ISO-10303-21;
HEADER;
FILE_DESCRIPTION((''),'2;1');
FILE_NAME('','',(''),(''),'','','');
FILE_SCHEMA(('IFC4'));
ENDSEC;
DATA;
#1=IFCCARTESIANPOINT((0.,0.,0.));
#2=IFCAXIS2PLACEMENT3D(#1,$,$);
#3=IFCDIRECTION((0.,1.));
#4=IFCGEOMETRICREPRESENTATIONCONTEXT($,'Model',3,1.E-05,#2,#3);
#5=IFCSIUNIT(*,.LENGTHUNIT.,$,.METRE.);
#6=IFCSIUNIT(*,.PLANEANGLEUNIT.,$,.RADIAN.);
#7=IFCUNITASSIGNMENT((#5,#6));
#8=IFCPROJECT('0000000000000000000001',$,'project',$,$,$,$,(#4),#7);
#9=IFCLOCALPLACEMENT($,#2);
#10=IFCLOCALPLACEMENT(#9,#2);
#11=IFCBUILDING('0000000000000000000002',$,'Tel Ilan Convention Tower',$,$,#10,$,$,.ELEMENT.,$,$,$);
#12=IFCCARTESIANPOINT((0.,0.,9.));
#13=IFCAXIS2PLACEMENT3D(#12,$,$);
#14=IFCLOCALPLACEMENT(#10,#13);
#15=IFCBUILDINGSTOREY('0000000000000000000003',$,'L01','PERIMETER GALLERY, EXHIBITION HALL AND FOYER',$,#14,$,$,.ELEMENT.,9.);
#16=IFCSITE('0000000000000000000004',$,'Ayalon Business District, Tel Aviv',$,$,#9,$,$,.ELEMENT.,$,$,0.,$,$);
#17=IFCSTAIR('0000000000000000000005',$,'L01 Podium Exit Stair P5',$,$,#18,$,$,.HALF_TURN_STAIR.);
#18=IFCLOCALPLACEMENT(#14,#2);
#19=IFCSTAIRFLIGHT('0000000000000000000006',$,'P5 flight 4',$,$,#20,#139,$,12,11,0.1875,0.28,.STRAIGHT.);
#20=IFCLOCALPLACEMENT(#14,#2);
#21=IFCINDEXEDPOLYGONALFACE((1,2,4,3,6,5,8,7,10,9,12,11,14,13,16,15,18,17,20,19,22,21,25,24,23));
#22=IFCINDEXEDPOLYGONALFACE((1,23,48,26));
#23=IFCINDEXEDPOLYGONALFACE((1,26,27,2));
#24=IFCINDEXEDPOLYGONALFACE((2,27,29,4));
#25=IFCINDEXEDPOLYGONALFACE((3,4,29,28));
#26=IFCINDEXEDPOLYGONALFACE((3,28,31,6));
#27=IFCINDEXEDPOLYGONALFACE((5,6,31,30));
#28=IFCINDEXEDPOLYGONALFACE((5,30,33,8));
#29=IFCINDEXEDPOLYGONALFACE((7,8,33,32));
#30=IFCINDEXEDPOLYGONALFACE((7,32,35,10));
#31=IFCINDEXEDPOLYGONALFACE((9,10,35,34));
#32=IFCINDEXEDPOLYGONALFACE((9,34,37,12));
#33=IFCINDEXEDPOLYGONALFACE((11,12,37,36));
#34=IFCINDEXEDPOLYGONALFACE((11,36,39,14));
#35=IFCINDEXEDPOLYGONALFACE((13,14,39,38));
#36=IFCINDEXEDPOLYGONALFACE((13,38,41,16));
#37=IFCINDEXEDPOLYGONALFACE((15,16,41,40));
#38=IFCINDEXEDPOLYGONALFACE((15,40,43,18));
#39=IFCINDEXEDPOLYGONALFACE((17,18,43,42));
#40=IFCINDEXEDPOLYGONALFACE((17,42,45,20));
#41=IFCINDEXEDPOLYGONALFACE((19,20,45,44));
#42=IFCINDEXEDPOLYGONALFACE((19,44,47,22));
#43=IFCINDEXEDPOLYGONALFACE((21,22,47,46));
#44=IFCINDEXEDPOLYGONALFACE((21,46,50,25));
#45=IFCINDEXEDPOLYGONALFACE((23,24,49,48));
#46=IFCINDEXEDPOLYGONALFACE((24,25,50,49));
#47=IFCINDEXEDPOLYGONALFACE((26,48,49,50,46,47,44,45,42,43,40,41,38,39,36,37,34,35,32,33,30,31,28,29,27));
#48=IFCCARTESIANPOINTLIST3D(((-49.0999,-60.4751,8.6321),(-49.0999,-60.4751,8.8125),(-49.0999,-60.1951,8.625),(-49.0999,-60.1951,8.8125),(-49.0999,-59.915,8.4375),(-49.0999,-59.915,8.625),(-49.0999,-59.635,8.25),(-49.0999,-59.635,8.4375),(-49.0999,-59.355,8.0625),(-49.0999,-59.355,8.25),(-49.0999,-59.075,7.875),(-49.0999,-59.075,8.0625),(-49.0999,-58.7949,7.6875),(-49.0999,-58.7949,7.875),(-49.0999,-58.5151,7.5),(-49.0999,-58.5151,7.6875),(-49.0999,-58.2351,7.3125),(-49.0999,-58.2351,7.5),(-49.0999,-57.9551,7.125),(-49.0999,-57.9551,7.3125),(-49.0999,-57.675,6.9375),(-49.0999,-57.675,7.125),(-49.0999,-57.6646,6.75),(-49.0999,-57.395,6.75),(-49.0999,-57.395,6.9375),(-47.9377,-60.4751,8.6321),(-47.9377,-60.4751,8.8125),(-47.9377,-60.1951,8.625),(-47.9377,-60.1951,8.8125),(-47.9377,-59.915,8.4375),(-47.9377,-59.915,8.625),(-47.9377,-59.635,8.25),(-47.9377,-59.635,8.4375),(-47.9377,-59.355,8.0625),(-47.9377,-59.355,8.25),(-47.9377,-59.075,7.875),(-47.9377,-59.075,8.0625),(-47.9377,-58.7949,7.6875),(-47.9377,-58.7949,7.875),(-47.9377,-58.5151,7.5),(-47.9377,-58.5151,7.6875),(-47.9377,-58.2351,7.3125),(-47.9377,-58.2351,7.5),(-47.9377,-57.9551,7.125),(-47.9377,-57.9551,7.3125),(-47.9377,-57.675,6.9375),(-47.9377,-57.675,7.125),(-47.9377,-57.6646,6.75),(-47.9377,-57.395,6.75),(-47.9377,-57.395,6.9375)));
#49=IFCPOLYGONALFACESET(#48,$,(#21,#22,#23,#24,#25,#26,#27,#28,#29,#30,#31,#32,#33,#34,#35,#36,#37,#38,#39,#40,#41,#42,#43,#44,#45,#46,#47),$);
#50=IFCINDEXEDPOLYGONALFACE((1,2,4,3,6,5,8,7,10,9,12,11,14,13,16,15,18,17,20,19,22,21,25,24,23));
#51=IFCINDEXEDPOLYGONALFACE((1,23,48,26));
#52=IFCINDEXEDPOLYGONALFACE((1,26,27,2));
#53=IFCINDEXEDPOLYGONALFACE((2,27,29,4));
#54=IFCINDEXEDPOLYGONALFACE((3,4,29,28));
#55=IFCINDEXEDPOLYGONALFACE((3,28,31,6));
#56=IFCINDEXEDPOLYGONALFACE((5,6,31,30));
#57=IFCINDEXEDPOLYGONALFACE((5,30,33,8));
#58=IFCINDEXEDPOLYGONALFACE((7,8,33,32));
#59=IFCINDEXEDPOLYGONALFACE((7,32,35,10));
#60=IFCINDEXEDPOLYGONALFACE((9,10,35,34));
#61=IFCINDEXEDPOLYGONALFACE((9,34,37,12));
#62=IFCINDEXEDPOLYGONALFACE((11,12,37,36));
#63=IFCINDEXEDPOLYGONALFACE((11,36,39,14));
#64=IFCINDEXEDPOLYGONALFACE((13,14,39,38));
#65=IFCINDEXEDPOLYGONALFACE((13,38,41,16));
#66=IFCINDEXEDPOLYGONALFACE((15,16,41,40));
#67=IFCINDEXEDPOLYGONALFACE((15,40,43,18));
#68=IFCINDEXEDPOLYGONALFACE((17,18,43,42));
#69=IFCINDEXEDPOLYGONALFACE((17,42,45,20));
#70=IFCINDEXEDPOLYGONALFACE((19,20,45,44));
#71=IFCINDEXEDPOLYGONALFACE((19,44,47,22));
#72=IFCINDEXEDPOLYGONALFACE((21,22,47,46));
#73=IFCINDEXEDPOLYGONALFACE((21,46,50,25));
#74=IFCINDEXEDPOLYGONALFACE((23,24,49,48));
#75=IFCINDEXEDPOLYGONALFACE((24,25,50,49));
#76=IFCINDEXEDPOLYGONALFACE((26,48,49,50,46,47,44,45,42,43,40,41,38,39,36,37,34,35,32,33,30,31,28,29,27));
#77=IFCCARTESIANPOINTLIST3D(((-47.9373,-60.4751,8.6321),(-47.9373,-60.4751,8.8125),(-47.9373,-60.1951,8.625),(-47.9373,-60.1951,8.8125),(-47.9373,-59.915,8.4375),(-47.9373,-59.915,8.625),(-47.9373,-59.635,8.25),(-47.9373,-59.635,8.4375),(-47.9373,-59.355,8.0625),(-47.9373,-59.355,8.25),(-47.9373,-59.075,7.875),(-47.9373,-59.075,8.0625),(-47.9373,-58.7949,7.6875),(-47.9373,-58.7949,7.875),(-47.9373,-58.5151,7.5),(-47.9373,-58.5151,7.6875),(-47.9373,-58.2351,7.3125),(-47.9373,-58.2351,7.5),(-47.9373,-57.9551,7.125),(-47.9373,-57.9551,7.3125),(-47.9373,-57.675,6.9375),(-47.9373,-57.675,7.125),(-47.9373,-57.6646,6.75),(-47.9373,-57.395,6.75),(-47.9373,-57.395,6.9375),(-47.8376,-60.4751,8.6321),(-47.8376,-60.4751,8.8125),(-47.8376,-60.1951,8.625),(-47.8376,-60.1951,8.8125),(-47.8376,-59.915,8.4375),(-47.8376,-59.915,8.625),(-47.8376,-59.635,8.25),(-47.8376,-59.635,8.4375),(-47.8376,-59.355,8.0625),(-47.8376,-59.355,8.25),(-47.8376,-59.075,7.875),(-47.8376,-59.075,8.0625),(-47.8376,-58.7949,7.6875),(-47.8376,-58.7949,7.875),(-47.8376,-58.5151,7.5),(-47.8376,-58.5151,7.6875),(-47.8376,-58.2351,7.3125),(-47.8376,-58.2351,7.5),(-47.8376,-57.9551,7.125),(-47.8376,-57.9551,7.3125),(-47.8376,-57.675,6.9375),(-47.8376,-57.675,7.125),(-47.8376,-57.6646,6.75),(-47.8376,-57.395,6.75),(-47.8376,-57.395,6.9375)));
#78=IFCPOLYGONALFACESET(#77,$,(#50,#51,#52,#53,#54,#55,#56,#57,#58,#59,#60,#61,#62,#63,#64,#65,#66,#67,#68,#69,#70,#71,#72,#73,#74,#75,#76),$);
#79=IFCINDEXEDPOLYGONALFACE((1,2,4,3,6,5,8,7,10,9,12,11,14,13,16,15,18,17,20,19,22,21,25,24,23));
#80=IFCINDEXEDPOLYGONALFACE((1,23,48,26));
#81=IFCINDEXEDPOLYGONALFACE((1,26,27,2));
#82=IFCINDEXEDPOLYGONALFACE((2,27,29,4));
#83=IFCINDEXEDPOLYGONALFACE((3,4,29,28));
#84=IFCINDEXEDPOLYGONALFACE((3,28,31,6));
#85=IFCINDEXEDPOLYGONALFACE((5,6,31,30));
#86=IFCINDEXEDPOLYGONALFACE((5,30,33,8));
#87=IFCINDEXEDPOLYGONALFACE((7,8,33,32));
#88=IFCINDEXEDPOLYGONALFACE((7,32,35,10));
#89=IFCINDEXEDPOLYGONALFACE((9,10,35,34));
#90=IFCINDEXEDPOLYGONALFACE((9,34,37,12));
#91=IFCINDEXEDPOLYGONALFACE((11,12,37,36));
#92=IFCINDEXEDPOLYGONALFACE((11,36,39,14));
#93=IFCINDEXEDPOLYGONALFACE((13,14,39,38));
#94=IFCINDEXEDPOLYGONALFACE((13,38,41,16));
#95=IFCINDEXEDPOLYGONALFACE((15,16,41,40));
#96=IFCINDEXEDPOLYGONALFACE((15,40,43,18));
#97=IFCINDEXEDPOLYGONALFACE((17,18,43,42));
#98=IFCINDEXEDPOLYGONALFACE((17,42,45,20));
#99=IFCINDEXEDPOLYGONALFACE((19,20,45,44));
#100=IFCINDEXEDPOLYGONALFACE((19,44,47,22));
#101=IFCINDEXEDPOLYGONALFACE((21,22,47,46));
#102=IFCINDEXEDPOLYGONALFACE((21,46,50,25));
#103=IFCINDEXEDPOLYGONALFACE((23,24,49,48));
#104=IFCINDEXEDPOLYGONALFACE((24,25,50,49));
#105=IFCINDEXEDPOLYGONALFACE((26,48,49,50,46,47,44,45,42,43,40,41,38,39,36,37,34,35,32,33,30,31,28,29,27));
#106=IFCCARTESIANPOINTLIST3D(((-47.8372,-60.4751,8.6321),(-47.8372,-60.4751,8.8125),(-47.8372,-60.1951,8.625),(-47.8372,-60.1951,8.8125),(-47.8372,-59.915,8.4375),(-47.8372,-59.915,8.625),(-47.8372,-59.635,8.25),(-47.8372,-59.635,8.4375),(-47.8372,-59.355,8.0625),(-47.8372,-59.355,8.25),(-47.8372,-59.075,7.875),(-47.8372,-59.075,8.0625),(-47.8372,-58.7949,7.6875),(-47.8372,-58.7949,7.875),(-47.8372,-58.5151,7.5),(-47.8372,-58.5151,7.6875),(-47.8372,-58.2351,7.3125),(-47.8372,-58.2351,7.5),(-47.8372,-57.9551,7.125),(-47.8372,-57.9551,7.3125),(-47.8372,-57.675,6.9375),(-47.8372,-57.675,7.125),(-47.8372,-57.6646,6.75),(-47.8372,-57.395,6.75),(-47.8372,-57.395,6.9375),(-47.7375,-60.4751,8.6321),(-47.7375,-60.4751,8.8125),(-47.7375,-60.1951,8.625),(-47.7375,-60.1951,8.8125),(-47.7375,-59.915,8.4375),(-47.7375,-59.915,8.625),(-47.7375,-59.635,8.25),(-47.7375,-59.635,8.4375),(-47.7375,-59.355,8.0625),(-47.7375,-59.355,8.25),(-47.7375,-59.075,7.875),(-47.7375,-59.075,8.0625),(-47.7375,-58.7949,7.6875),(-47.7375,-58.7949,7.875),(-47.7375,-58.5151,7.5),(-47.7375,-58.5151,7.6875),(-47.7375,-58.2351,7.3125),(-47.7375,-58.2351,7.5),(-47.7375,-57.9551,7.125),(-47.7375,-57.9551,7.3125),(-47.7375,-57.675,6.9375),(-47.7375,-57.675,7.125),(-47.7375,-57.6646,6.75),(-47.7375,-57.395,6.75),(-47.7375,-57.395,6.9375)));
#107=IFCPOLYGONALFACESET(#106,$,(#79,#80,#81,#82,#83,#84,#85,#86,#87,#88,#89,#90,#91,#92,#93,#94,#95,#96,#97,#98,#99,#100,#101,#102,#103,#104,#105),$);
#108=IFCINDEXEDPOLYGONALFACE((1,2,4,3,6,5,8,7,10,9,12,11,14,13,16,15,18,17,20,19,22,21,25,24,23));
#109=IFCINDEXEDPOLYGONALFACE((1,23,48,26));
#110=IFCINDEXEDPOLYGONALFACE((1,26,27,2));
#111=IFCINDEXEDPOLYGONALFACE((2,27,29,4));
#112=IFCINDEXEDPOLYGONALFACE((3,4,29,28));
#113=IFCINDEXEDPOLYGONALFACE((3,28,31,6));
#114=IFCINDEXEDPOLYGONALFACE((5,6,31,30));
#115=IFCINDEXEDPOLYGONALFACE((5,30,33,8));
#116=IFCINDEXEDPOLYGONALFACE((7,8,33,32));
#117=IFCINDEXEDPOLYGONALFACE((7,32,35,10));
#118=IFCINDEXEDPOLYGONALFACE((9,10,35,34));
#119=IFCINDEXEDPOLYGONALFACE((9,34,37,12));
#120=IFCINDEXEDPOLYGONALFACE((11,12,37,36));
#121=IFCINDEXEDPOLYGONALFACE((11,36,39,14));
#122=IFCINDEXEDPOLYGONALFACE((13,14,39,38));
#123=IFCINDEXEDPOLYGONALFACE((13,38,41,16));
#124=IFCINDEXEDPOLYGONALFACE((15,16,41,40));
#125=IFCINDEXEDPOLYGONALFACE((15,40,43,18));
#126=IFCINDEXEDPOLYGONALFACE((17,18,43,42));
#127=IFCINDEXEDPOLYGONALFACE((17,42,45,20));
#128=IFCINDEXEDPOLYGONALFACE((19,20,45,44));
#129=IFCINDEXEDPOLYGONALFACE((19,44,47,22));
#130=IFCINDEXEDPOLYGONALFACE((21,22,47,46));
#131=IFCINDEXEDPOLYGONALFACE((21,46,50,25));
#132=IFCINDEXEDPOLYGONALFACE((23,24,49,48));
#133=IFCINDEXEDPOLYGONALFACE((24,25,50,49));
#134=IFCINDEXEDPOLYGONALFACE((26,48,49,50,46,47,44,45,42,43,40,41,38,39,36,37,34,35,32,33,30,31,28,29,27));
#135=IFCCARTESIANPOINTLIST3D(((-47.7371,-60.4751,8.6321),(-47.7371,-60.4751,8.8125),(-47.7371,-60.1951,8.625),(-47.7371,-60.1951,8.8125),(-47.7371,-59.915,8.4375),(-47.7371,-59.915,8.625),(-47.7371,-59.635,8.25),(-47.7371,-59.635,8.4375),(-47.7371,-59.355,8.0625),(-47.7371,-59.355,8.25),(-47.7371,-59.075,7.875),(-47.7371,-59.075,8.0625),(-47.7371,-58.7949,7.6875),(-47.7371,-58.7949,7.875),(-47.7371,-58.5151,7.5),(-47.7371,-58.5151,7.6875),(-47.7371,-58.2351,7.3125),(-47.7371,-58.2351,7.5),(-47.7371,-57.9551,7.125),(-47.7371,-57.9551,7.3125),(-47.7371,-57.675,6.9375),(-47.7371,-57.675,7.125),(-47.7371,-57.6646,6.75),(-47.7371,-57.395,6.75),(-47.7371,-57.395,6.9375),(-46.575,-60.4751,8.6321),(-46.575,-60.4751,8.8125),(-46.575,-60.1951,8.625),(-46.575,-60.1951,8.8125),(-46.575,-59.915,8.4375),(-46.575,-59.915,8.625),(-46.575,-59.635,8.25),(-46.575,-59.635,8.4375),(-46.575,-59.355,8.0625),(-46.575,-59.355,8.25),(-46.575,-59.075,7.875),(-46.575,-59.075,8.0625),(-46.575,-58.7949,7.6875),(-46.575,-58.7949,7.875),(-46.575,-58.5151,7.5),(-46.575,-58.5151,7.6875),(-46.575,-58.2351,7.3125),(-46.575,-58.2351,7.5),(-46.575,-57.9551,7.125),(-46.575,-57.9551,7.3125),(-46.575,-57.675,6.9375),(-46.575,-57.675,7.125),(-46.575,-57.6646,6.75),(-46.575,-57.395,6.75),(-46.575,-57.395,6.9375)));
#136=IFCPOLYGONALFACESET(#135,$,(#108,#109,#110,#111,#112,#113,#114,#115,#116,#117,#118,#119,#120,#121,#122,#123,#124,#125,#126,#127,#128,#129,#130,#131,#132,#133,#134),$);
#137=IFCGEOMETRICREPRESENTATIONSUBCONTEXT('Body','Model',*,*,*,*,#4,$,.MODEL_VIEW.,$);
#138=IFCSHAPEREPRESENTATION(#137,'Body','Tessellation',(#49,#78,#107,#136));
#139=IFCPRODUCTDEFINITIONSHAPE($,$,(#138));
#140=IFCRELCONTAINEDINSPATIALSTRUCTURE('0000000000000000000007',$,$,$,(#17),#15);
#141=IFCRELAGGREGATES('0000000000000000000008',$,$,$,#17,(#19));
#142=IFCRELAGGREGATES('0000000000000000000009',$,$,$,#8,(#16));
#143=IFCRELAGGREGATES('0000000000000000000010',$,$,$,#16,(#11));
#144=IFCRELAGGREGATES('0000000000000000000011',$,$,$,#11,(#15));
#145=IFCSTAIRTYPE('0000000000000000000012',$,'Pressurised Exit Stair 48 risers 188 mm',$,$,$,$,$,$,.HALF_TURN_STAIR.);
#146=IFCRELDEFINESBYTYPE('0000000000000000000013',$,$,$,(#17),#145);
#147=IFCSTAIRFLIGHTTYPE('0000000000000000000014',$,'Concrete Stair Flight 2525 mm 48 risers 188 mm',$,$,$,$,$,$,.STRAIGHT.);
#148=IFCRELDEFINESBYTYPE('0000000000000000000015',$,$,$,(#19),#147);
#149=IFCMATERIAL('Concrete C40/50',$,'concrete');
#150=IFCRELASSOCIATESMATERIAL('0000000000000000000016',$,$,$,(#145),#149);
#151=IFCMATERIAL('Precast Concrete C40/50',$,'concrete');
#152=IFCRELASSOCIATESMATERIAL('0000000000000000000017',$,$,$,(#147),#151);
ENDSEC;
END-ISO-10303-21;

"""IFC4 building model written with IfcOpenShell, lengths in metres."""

from ifc_helpers import new_model, si_unit, direction, frame, origin, place, context, subcontext, project, spatial, polyline, outline, extrude, material, type_object, element, aggregate, save


model = new_model("IFC4")

# Units and contexts
model_context = context("Model", 3, precision=1e-05, world=origin(), true_north=direction((0.0, 1.0)))
body_context = subcontext(model_context, "Body", "Model", "MODEL_VIEW")
ifc_project = project(units=[si_unit("LENGTHUNIT", "METRE"), si_unit("PLANEANGLEUNIT", "RADIAN")], contexts=[model_context])

# Site, building, storey
site_placement = place(None, origin())
site = spatial("IfcSite", under=ifc_project, at=site_placement, Name="Ayalon Business District, Tel Aviv", CompositionType="ELEMENT", RefElevation=0.0)
building_placement = place(site_placement, origin())
building = spatial("IfcBuilding", under=site, at=building_placement, Name="Tel Ilan Convention Tower", CompositionType="ELEMENT")
storey_placement = place(building_placement, frame((0.0, 0.0, 9.0)))
storey = spatial("IfcBuildingStorey", under=building, at=storey_placement, Name="L01", Description="PERIMETER GALLERY, EXHIBITION HALL AND FOYER", CompositionType="ELEMENT", Elevation=9.0)

# Stair, stair flight
ifc_material_1 = material(Name="Concrete C40/50", Category="concrete")
stair_type = type_object("IfcStairType", Name="Pressurised Exit Stair 48 risers 188 mm", PredefinedType="HALF_TURN_STAIR", material=ifc_material_1)
stair_1_placement = place(storey_placement, origin())
stair_1 = element("IfcStair", 1, at=stair_1_placement, inside=storey, type_object=stair_type, Name="L01 Podium Exit Stair P5", PredefinedType="HALF_TURN_STAIR")
ifc_material_2 = material(Name="Precast Concrete C40/50", Category="concrete")
stair_flight_type = type_object("IfcStairFlightType", Name="Concrete Stair Flight 2525 mm 48 risers 188 mm", PredefinedType="STRAIGHT", material=ifc_material_2)
stair_flight_1_placement = place(storey_placement, frame((-47.8374, -57.395, 6.75), z_axis=(0.0, 0.0, 1.0), x_axis=(0.0, -1.0, 0.0)))
stair_flight_1 = element("IfcStairFlight", 2, at=stair_flight_1_placement, type_object=stair_flight_type, Name="P5 flight 4", NumberOfRisers=12, NumberOfTreads=11, PredefinedType="STRAIGHT", RiserHeight=0.1875, TreadLength=0.28, context=body_context, shape_type="SweptSolid", body=[
    extrude(outline(polyline([(0.0, 0.0), (0.0, 0.1875), (0.28, 0.1875), (0.28, 0.375), (0.5601, 0.375), (0.5601, 0.5625), (0.8401, 0.5625), (0.8401, 0.75), (1.1201, 0.75), (1.1201, 0.9375), (1.3999, 0.9375), (1.3999, 1.125), (1.6799, 1.125), (1.6799, 1.3125), (1.96, 1.3125), (1.96, 1.5), (2.24, 1.5), (2.24, 1.6875), (2.52, 1.6875), (2.52, 1.875), (2.8, 1.875), (2.8, 2.0625), (3.0801, 2.0625), (3.0801, 2.25), (3.0801, 1.8821), (0.2695, 0.0), (0.0, 0.0)])), frame((0.0, -0.1003, 0.0), z_axis=(0.0, -1.0, 0.0), x_axis=(1.0, 0.0, 0.0)), (0.0, 0.0, 1.0), 1.1621),
    extrude(outline(polyline([(0.0, 0.0), (0.0, 0.1875), (0.28, 0.1875), (0.28, 0.375), (0.5601, 0.375), (0.5601, 0.5625), (0.8401, 0.5625), (0.8401, 0.75), (1.1201, 0.75), (1.1201, 0.9375), (1.3999, 0.9375), (1.3999, 1.125), (1.6799, 1.125), (1.6799, 1.3125), (1.96, 1.3125), (1.96, 1.5), (2.24, 1.5), (2.24, 1.6875), (2.52, 1.6875), (2.52, 1.875), (2.8, 1.875), (2.8, 2.0625), (3.0801, 2.0625), (3.0801, 2.25), (3.0801, 1.8821), (0.2695, 0.0), (0.0, 0.0)])), frame((0.0, -0.0002, 0.0), z_axis=(0.0, -1.0, 0.0), x_axis=(1.0, 0.0, 0.0)), (0.0, 0.0, 1.0), 0.0996),
    extrude(outline(polyline([(0.0, 0.0), (0.0, 0.1875), (0.28, 0.1875), (0.28, 0.375), (0.5601, 0.375), (0.5601, 0.5625), (0.8401, 0.5625), (0.8401, 0.75), (1.1201, 0.75), (1.1201, 0.9375), (1.3999, 0.9375), (1.3999, 1.125), (1.6799, 1.125), (1.6799, 1.3125), (1.96, 1.3125), (1.96, 1.5), (2.24, 1.5), (2.24, 1.6875), (2.52, 1.6875), (2.52, 1.875), (2.8, 1.875), (2.8, 2.0625), (3.0801, 2.0625), (3.0801, 2.25), (3.0801, 1.8821), (0.2695, 0.0), (0.0, 0.0)])), frame((0.0, 0.0999, 0.0), z_axis=(0.0, -1.0, 0.0), x_axis=(1.0, 0.0, 0.0)), (0.0, 0.0, 1.0), 0.0996),
    extrude(outline(polyline([(0.0, 0.0), (0.0, 0.1875), (0.28, 0.1875), (0.28, 0.375), (0.5601, 0.375), (0.5601, 0.5625), (0.8401, 0.5625), (0.8401, 0.75), (1.1201, 0.75), (1.1201, 0.9375), (1.3999, 0.9375), (1.3999, 1.125), (1.6799, 1.125), (1.6799, 1.3125), (1.96, 1.3125), (1.96, 1.5), (2.24, 1.5), (2.24, 1.6875), (2.52, 1.6875), (2.52, 1.875), (2.8, 1.875), (2.8, 2.0625), (3.0801, 2.0625), (3.0801, 2.25), (3.0801, 1.8821), (0.2695, 0.0), (0.0, 0.0)])), frame((0.0, 1.2625, 0.0), z_axis=(0.0, -1.0, 0.0), x_axis=(1.0, 0.0, 0.0)), (0.0, 0.0, 1.0), 1.1621),
])
aggregate(stair_1, [stair_flight_1])

save(model, "model.ifc")
